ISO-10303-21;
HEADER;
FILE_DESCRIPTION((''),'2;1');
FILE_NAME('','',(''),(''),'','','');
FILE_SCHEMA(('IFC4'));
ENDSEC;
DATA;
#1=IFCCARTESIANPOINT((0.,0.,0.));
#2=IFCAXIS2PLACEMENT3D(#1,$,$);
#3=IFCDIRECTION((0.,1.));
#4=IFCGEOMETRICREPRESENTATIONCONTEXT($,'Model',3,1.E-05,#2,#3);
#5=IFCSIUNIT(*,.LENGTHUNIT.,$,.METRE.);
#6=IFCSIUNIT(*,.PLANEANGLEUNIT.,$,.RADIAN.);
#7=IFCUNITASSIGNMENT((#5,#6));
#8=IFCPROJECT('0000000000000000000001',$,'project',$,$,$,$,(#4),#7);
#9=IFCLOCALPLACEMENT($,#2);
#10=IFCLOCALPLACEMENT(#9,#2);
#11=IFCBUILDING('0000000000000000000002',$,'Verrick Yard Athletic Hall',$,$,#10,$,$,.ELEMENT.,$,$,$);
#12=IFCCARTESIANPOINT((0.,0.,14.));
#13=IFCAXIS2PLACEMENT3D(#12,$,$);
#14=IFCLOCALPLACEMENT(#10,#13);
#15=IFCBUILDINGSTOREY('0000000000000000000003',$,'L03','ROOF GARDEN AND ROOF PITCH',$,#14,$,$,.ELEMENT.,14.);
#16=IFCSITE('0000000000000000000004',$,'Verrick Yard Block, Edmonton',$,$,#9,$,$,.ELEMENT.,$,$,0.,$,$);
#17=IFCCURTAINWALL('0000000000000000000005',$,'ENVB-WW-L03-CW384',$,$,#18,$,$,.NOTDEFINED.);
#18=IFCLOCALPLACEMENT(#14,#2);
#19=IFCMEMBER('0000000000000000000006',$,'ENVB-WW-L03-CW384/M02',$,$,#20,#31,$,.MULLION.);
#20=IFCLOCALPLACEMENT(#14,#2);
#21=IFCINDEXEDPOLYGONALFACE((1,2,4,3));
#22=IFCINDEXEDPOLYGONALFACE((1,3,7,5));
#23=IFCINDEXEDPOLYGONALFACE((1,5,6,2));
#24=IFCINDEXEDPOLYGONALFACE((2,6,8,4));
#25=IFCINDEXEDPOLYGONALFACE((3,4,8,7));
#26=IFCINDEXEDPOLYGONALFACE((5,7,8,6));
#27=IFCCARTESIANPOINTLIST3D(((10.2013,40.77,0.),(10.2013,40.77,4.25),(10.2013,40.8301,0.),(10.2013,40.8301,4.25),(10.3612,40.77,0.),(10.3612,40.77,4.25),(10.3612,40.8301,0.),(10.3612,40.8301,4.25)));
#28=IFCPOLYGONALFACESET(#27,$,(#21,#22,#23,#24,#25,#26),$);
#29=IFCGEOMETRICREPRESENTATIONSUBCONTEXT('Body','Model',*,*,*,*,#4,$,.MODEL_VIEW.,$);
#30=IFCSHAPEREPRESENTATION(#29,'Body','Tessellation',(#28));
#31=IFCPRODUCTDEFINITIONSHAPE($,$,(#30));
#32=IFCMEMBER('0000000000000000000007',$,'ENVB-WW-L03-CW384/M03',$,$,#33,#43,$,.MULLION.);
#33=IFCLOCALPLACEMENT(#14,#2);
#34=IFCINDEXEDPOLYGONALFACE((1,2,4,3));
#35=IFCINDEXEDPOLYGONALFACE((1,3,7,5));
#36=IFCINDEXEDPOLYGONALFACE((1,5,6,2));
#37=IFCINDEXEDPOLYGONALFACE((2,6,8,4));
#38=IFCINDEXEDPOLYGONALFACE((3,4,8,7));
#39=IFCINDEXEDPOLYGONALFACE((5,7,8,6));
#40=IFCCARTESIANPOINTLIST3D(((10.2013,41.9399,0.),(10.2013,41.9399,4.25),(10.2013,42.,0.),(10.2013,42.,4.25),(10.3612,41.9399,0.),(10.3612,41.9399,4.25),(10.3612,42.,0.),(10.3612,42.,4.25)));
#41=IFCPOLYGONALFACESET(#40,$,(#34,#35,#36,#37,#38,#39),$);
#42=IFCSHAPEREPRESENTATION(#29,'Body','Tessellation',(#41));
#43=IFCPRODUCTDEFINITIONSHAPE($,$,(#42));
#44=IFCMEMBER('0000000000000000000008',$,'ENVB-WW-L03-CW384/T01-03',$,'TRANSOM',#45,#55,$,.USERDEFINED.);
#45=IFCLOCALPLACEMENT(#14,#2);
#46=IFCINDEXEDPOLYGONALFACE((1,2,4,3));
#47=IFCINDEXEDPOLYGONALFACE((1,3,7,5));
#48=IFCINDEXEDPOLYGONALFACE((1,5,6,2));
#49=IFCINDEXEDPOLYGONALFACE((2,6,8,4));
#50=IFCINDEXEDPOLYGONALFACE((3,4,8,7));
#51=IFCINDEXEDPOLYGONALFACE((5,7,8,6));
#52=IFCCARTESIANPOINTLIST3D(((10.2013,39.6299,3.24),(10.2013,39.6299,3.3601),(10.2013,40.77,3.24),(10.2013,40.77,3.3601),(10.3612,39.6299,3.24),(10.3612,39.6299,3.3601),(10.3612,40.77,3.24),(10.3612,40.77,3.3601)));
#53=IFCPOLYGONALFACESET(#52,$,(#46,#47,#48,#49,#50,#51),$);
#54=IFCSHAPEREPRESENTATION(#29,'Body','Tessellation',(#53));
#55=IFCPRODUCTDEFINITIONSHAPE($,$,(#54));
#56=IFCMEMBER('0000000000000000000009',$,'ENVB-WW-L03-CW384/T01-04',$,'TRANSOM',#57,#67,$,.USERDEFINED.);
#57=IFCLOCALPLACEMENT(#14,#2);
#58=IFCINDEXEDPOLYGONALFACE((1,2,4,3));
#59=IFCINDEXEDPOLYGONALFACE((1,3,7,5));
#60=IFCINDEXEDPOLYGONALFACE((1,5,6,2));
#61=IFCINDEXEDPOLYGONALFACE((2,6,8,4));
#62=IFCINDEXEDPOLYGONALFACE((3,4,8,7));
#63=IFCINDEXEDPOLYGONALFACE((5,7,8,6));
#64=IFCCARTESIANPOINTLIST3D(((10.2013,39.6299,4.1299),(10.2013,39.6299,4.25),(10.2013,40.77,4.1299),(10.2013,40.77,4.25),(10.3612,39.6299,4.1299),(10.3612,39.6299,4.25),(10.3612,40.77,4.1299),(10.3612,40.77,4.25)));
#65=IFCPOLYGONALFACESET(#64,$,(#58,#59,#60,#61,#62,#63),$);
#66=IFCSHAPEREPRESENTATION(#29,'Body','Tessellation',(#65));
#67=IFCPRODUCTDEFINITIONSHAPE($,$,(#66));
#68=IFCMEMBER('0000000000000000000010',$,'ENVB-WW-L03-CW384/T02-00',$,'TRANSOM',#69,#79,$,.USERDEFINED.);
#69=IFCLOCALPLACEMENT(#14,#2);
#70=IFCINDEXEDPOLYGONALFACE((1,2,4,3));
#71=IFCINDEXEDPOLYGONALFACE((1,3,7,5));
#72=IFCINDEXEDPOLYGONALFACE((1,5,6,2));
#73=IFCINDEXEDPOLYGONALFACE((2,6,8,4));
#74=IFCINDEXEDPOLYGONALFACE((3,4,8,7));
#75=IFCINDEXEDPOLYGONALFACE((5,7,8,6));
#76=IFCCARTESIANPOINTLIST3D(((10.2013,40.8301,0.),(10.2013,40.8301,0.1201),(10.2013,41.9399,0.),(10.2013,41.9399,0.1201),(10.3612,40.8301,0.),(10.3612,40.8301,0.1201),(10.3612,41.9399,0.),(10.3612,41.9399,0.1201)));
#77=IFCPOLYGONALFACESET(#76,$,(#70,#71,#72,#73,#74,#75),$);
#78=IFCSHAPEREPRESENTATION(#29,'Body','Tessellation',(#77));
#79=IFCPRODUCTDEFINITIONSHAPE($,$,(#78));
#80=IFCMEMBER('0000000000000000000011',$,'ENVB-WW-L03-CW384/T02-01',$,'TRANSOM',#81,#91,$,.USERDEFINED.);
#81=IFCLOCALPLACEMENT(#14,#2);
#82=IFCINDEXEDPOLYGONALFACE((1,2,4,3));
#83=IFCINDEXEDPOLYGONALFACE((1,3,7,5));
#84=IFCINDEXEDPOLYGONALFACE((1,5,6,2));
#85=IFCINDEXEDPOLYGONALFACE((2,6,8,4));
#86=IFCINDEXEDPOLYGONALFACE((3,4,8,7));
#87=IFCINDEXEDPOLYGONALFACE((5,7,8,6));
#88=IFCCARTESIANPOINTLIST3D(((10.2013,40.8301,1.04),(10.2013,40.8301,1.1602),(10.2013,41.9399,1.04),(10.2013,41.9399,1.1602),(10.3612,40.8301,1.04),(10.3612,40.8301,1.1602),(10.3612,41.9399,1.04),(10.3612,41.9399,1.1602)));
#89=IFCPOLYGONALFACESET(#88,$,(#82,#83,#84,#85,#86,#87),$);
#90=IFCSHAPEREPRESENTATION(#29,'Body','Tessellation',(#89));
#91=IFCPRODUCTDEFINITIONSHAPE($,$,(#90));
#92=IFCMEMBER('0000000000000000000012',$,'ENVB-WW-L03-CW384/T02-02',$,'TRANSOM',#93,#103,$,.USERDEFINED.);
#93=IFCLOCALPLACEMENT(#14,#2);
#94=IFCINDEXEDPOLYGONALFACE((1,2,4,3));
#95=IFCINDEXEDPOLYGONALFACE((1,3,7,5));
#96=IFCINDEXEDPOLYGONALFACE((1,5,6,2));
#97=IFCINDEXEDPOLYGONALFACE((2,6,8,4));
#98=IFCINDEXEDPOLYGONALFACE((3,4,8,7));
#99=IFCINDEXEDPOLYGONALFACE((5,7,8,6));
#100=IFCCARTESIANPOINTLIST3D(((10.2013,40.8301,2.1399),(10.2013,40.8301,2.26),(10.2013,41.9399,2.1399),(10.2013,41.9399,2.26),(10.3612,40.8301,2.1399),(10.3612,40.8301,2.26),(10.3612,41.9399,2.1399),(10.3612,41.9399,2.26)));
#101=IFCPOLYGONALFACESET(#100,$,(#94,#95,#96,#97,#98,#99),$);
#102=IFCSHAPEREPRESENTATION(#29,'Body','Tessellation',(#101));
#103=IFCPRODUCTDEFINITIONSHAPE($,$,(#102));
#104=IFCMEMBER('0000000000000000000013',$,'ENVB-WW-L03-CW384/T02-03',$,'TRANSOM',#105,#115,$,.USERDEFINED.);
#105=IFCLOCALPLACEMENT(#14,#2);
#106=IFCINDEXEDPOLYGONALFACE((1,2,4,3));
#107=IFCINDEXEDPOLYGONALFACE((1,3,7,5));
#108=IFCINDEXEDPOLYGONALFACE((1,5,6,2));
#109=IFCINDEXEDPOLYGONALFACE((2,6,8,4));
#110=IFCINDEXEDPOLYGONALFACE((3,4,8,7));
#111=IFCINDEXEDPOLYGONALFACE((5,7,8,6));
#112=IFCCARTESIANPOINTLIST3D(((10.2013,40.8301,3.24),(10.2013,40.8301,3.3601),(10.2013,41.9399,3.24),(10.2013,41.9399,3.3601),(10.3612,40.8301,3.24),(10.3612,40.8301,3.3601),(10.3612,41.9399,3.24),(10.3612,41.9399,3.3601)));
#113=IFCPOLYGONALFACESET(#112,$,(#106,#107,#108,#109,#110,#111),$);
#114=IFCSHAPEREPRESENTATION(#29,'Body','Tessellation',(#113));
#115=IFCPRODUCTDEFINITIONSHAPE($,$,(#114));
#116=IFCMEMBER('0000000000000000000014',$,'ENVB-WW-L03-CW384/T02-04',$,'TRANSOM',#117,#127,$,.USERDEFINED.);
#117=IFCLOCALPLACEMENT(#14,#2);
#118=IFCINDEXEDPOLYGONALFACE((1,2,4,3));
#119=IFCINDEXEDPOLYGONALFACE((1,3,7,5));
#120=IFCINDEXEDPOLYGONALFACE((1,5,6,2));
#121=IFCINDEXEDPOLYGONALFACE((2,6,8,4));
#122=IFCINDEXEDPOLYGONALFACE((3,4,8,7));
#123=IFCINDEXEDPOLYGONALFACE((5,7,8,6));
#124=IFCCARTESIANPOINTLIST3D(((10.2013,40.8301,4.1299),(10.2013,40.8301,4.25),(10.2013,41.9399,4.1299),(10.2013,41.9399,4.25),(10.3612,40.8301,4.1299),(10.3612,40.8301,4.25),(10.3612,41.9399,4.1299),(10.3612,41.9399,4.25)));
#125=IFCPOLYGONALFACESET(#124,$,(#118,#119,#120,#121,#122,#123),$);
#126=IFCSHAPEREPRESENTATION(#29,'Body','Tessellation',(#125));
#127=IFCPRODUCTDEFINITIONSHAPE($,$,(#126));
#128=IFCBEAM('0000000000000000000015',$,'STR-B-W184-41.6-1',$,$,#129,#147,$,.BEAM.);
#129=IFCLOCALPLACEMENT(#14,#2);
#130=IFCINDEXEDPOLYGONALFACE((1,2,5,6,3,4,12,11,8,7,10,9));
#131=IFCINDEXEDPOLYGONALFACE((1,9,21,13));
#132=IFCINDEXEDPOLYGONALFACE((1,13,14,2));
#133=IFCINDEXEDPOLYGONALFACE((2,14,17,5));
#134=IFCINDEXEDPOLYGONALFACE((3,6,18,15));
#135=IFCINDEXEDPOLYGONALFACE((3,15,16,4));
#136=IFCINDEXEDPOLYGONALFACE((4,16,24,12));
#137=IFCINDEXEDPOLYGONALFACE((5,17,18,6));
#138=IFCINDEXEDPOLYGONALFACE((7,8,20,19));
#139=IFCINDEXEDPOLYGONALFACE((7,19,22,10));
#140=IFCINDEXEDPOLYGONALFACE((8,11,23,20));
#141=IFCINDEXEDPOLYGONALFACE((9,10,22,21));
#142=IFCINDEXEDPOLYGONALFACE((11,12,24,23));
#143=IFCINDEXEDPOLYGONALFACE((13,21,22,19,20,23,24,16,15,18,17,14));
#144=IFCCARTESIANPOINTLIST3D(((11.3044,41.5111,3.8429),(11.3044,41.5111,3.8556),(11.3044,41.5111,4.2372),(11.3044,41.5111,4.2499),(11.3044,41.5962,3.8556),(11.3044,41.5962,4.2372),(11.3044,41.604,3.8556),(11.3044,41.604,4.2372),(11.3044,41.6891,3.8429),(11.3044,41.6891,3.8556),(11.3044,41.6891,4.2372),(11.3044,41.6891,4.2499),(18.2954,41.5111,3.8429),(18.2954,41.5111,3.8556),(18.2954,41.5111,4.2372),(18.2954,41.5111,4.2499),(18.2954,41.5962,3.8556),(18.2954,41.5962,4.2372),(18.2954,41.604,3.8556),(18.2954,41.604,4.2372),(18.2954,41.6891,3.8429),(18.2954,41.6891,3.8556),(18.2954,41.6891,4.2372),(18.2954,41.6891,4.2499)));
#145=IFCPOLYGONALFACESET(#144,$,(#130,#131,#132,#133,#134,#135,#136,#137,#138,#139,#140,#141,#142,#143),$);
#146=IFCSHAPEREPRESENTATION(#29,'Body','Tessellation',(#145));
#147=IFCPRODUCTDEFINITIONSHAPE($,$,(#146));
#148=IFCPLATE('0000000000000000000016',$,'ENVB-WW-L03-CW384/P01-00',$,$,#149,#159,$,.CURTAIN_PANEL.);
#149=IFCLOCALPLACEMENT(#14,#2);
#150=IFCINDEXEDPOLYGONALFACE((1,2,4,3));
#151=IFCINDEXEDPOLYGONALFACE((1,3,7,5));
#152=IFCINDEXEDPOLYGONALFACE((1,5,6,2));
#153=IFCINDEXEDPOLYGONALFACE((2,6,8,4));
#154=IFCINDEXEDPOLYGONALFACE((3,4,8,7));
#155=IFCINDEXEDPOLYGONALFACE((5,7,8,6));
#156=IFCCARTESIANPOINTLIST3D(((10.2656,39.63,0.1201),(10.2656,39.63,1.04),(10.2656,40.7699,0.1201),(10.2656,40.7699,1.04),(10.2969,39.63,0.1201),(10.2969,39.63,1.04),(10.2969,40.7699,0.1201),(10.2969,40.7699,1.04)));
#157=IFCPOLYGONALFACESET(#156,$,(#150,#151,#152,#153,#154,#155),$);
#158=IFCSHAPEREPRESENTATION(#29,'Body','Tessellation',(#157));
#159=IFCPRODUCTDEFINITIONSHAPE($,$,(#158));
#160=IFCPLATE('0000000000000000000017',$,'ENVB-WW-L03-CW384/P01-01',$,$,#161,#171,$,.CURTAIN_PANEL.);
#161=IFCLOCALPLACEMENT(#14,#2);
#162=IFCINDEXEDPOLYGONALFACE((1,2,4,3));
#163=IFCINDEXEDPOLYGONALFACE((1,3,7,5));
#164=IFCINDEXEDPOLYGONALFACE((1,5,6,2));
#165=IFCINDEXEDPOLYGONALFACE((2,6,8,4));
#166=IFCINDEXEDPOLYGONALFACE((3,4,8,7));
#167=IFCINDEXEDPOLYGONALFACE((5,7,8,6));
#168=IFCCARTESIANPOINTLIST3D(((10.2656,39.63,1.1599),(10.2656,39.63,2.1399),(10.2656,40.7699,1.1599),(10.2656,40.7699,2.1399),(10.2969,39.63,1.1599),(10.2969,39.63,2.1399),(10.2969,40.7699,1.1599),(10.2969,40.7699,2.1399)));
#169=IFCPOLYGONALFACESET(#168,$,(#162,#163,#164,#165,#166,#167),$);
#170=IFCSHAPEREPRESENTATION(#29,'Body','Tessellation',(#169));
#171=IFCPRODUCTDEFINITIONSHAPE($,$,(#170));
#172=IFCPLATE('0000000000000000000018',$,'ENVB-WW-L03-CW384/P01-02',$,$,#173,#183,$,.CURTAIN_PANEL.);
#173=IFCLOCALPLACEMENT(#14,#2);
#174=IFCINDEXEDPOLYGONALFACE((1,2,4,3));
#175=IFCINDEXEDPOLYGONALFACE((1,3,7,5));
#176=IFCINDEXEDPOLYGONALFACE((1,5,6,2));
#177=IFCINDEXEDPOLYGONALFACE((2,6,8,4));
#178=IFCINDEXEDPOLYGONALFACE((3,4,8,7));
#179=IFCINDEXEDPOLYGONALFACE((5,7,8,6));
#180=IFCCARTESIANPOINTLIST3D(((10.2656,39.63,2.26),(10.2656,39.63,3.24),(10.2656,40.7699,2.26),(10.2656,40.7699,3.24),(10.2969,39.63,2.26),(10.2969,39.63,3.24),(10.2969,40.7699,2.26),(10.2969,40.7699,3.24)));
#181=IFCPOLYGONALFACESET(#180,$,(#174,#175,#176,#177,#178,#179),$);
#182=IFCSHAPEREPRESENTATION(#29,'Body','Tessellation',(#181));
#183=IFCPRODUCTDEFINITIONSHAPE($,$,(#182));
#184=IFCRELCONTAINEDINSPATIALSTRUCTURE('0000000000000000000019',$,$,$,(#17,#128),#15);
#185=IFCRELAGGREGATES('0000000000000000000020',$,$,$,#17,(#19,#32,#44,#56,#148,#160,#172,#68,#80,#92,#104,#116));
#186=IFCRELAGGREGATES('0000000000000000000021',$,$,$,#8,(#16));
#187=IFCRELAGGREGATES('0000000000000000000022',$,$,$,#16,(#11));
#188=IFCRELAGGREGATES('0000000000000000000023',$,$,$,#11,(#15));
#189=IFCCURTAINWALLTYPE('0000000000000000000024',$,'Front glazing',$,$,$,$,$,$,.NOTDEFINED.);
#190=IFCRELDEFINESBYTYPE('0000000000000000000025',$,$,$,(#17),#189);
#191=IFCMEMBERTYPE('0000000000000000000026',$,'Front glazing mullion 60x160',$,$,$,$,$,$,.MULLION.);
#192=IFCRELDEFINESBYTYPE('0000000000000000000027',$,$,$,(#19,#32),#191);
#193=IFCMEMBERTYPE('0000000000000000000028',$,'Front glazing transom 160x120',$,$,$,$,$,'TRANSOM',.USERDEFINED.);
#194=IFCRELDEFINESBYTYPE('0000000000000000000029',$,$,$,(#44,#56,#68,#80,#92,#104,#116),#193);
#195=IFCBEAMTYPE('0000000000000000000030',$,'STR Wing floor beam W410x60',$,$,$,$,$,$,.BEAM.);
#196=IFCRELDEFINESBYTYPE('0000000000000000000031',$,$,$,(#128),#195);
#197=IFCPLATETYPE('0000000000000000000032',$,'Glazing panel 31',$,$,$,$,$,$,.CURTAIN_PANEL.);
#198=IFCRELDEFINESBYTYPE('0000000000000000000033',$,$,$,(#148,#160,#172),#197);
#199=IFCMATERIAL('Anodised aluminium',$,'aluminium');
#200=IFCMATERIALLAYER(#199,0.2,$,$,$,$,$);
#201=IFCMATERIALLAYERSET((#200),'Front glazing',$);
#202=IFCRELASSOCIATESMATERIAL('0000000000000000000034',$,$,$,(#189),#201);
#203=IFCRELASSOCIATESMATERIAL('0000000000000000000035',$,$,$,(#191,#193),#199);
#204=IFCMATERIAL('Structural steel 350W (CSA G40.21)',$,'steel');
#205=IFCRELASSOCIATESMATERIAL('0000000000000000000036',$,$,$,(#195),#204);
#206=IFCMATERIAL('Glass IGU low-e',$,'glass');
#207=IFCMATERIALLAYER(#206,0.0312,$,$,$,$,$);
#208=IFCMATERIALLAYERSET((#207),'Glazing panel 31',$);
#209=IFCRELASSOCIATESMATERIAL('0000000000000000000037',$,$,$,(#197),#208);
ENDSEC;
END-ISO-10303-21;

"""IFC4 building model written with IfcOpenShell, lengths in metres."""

from ifc_helpers import new_model, si_unit, direction, frame, origin, origin_2d, place, context, subcontext, project, spatial, rectangle, i_section, extrude, material, layer, layer_set, material_profile, profile_set, type_object, element, aggregate, save


model = new_model("IFC4")

# Units and contexts
model_context = context("Model", 3, precision=1e-05, world=origin(), true_north=direction((0.0, 1.0)))
body_context = subcontext(model_context, "Body", "Model", "MODEL_VIEW")
ifc_project = project(units=[si_unit("LENGTHUNIT", "METRE"), si_unit("PLANEANGLEUNIT", "RADIAN")], contexts=[model_context])

# Site, building, storey
site_placement = place(None, origin())
site = spatial("IfcSite", under=ifc_project, at=site_placement, Name="Verrick Yard Block, Edmonton", CompositionType="ELEMENT", RefElevation=0.0)
building_placement = place(site_placement, origin())
building = spatial("IfcBuilding", under=site, at=building_placement, Name="Verrick Yard Athletic Hall", CompositionType="ELEMENT")
storey_placement = place(building_placement, frame((0.0, 0.0, 14.0)))
storey = spatial("IfcBuildingStorey", under=building, at=storey_placement, Name="L03", Description="ROOF GARDEN AND ROOF PITCH", CompositionType="ELEMENT", Elevation=14.0)

# Curtain wall, members
ifc_material_1 = material(Name="Anodised aluminium", Category="aluminium")
ifc_layer_1 = layer(ifc_material_1, 0.2)
ifc_layer_set_1 = layer_set([ifc_layer_1], Name="Front glazing")
curtain_wall_type = type_object("IfcCurtainWallType", Name="Front glazing", PredefinedType="NOTDEFINED", material=ifc_layer_set_1)
curtain_wall_placement = place(storey_placement, origin())
curtain_wall = element("IfcCurtainWall", 1, at=curtain_wall_placement, inside=storey, type_object=curtain_wall_type, Name="ENVB-WW-L03-CW384", PredefinedType="NOTDEFINED")
ifc_material_profile_1 = material_profile(ifc_material_1, rectangle(XDim=0.1599, YDim=0.0601, at=origin_2d()), Name="CW mullion 60x160")
ifc_profile_set_1 = profile_set([ifc_material_profile_1], Name="Anodised aluminium")
member_type_1 = type_object("IfcMemberType", Name="Front glazing mullion 60x160", PredefinedType="MULLION", material=ifc_profile_set_1)
member_1_placement = place(storey_placement, frame((10.2812, 40.8, 0.0), z_axis=(0.0, 0.0, 1.0), x_axis=(-1.0, 0.0, 0.0)))
member_1 = element("IfcMember", 2, at=member_1_placement, type_object=member_type_1, Name="ENVB-WW-L03-CW384/M02", PredefinedType="MULLION", context=body_context, shape_type="SweptSolid", body=[
    extrude(rectangle(XDim=0.1599, YDim=0.0601, at=origin_2d()), origin(), (0.0, 0.0, 1.0), 4.25),
])
member_2_placement = place(storey_placement, frame((10.2812, 41.97, 0.0), z_axis=(0.0, 0.0, 1.0), x_axis=(-1.0, 0.0, 0.0)))
member_2 = element("IfcMember", 3, at=member_2_placement, type_object=member_type_1, Name="ENVB-WW-L03-CW384/M03", PredefinedType="MULLION", context=body_context, shape_type="SweptSolid", body=[
    extrude(rectangle(XDim=0.1599, YDim=0.0601, at=origin_2d()), origin(), (0.0, 0.0, 1.0), 4.25),
])
ifc_material_profile_2 = material_profile(ifc_material_1, rectangle(XDim=0.1599, YDim=0.1201, at=origin_2d()), Name="CW transom 160x120")
ifc_profile_set_2 = profile_set([ifc_material_profile_2], Name="Anodised aluminium")
member_type_2 = type_object("IfcMemberType", Name="Front glazing transom 160x120", ElementType="TRANSOM", PredefinedType="USERDEFINED", material=ifc_profile_set_2)
member_3_placement = place(storey_placement, frame((10.2812, 39.6299, 3.3), z_axis=(0.0, 1.0, 0.0), x_axis=(-1.0, 0.0, 0.0)))
member_3 = element("IfcMember", 4, at=member_3_placement, type_object=member_type_2, Name="ENVB-WW-L03-CW384/T01-03", ObjectType="TRANSOM", PredefinedType="USERDEFINED", context=body_context, shape_type="SweptSolid", body=[
    extrude(rectangle(XDim=0.1599, YDim=0.1201, at=origin_2d()), origin(), (0.0, 0.0, 1.0), 1.1401),
])
member_4_placement = place(storey_placement, frame((10.2812, 39.6299, 4.1899), z_axis=(0.0, 1.0, 0.0), x_axis=(-1.0, 0.0, 0.0)))
member_4 = element("IfcMember", 5, at=member_4_placement, type_object=member_type_2, Name="ENVB-WW-L03-CW384/T01-04", ObjectType="TRANSOM", PredefinedType="USERDEFINED", context=body_context, shape_type="SweptSolid", body=[
    extrude(rectangle(XDim=0.1599, YDim=0.1201, at=origin_2d()), origin(), (0.0, 0.0, 1.0), 1.1401),
])
member_5_placement = place(storey_placement, frame((10.2812, 40.8301, 0.0601), z_axis=(0.0, 1.0, 0.0), x_axis=(-1.0, 0.0, 0.0)))
member_5 = element("IfcMember", 6, at=member_5_placement, type_object=member_type_2, Name="ENVB-WW-L03-CW384/T02-00", ObjectType="TRANSOM", PredefinedType="USERDEFINED", context=body_context, shape_type="SweptSolid", body=[
    extrude(rectangle(XDim=0.1599, YDim=0.1201, at=origin_2d()), origin(), (0.0, 0.0, 1.0), 1.1099),
])
member_6_placement = place(storey_placement, frame((10.2812, 40.8301, 1.1001), z_axis=(0.0, 1.0, 0.0), x_axis=(-1.0, 0.0, 0.0)))
member_6 = element("IfcMember", 7, at=member_6_placement, type_object=member_type_2, Name="ENVB-WW-L03-CW384/T02-01", ObjectType="TRANSOM", PredefinedType="USERDEFINED", context=body_context, shape_type="SweptSolid", body=[
    extrude(rectangle(XDim=0.1599, YDim=0.1201, at=origin_2d()), origin(), (0.0, 0.0, 1.0), 1.1099),
])
member_7_placement = place(storey_placement, frame((10.2812, 40.8301, 2.2), z_axis=(0.0, 1.0, 0.0), x_axis=(-1.0, 0.0, 0.0)))
member_7 = element("IfcMember", 8, at=member_7_placement, type_object=member_type_2, Name="ENVB-WW-L03-CW384/T02-02", ObjectType="TRANSOM", PredefinedType="USERDEFINED", context=body_context, shape_type="SweptSolid", body=[
    extrude(rectangle(XDim=0.1599, YDim=0.1201, at=origin_2d()), origin(), (0.0, 0.0, 1.0), 1.1099),
])
member_8_placement = place(storey_placement, frame((10.2812, 40.8301, 3.3), z_axis=(0.0, 1.0, 0.0), x_axis=(-1.0, 0.0, 0.0)))
member_8 = element("IfcMember", 9, at=member_8_placement, type_object=member_type_2, Name="ENVB-WW-L03-CW384/T02-03", ObjectType="TRANSOM", PredefinedType="USERDEFINED", context=body_context, shape_type="SweptSolid", body=[
    extrude(rectangle(XDim=0.1599, YDim=0.1201, at=origin_2d()), origin(), (0.0, 0.0, 1.0), 1.1099),
])
member_9_placement = place(storey_placement, frame((10.2812, 40.8301, 4.1899), z_axis=(0.0, 1.0, 0.0), x_axis=(-1.0, 0.0, 0.0)))
member_9 = element("IfcMember", 10, at=member_9_placement, type_object=member_type_2, Name="ENVB-WW-L03-CW384/T02-04", ObjectType="TRANSOM", PredefinedType="USERDEFINED", context=body_context, shape_type="SweptSolid", body=[
    extrude(rectangle(XDim=0.1599, YDim=0.1201, at=origin_2d()), origin(), (0.0, 0.0, 1.0), 1.1099),
])

# Beam
ifc_material_2 = material(Name="Structural steel 350W (CSA G40.21)", Category="steel")
ifc_material_profile_3 = material_profile(ifc_material_2, i_section(OverallWidth=0.178, OverallDepth=0.407, WebThickness=0.0078, FlangeThickness=0.0127, at=origin_2d()), Name="W410x60")
ifc_profile_set_3 = profile_set([ifc_material_profile_3], Name="Structural steel 350W (CSA G40.21)")
beam_type = type_object("IfcBeamType", Name="STR Wing floor beam W410x60", PredefinedType="BEAM", material=ifc_profile_set_3)
beam_placement = place(storey_placement, frame((11.3044, 41.6001, 4.0464), z_axis=(1.0, 0.0, 0.0), x_axis=(0.0, 1.0, 0.0)))
element("IfcBeam", 11, at=beam_placement, inside=storey, type_object=beam_type, Name="STR-B-W184-41.6-1", PredefinedType="BEAM", context=body_context, shape_type="SweptSolid", body=[
    extrude(i_section(OverallWidth=0.178, OverallDepth=0.407, WebThickness=0.0078, FlangeThickness=0.0127, at=origin_2d()), origin(), (0.0, 0.0, 1.0), 6.991),
])

# Plates
ifc_material_3 = material(Name="Glass IGU low-e", Category="glass")
ifc_layer_2 = layer(ifc_material_3, 0.0312)
ifc_layer_set_2 = layer_set([ifc_layer_2], Name="Glazing panel 31")
plate_type = type_object("IfcPlateType", Name="Glazing panel 31", PredefinedType="CURTAIN_PANEL", material=ifc_layer_set_2)
plate_1_placement = place(storey_placement, frame((10.2812, 40.2, 0.1201), z_axis=(0.0, 0.0, 1.0), x_axis=(0.0, 1.0, 0.0)))
plate_1 = element("IfcPlate", 12, at=plate_1_placement, type_object=plate_type, Name="ENVB-WW-L03-CW384/P01-00", PredefinedType="CURTAIN_PANEL", context=body_context, shape_type="SweptSolid", body=[
    extrude(rectangle(XDim=1.1399, YDim=0.0312, at=origin_2d()), origin(), (0.0, 0.0, 1.0), 0.9199),
])
plate_2_placement = place(storey_placement, frame((10.2812, 40.2, 1.1599), z_axis=(0.0, 0.0, 1.0), x_axis=(0.0, 1.0, 0.0)))
plate_2 = element("IfcPlate", 13, at=plate_2_placement, type_object=plate_type, Name="ENVB-WW-L03-CW384/P01-01", PredefinedType="CURTAIN_PANEL", context=body_context, shape_type="SweptSolid", body=[
    extrude(rectangle(XDim=1.1399, YDim=0.0312, at=origin_2d()), origin(), (0.0, 0.0, 1.0), 0.98),
])
plate_3_placement = place(storey_placement, frame((10.2812, 40.2, 2.26), z_axis=(0.0, 0.0, 1.0), x_axis=(0.0, 1.0, 0.0)))
plate_3 = element("IfcPlate", 14, at=plate_3_placement, type_object=plate_type, Name="ENVB-WW-L03-CW384/P01-02", PredefinedType="CURTAIN_PANEL", context=body_context, shape_type="SweptSolid", body=[
    extrude(rectangle(XDim=1.1399, YDim=0.0312, at=origin_2d()), origin(), (0.0, 0.0, 1.0), 0.98),
])
aggregate(curtain_wall, [member_1, member_2, member_3, member_4, plate_1, plate_2, plate_3, member_5, member_6, member_7, member_8, member_9])

save(model, "model.ifc")
